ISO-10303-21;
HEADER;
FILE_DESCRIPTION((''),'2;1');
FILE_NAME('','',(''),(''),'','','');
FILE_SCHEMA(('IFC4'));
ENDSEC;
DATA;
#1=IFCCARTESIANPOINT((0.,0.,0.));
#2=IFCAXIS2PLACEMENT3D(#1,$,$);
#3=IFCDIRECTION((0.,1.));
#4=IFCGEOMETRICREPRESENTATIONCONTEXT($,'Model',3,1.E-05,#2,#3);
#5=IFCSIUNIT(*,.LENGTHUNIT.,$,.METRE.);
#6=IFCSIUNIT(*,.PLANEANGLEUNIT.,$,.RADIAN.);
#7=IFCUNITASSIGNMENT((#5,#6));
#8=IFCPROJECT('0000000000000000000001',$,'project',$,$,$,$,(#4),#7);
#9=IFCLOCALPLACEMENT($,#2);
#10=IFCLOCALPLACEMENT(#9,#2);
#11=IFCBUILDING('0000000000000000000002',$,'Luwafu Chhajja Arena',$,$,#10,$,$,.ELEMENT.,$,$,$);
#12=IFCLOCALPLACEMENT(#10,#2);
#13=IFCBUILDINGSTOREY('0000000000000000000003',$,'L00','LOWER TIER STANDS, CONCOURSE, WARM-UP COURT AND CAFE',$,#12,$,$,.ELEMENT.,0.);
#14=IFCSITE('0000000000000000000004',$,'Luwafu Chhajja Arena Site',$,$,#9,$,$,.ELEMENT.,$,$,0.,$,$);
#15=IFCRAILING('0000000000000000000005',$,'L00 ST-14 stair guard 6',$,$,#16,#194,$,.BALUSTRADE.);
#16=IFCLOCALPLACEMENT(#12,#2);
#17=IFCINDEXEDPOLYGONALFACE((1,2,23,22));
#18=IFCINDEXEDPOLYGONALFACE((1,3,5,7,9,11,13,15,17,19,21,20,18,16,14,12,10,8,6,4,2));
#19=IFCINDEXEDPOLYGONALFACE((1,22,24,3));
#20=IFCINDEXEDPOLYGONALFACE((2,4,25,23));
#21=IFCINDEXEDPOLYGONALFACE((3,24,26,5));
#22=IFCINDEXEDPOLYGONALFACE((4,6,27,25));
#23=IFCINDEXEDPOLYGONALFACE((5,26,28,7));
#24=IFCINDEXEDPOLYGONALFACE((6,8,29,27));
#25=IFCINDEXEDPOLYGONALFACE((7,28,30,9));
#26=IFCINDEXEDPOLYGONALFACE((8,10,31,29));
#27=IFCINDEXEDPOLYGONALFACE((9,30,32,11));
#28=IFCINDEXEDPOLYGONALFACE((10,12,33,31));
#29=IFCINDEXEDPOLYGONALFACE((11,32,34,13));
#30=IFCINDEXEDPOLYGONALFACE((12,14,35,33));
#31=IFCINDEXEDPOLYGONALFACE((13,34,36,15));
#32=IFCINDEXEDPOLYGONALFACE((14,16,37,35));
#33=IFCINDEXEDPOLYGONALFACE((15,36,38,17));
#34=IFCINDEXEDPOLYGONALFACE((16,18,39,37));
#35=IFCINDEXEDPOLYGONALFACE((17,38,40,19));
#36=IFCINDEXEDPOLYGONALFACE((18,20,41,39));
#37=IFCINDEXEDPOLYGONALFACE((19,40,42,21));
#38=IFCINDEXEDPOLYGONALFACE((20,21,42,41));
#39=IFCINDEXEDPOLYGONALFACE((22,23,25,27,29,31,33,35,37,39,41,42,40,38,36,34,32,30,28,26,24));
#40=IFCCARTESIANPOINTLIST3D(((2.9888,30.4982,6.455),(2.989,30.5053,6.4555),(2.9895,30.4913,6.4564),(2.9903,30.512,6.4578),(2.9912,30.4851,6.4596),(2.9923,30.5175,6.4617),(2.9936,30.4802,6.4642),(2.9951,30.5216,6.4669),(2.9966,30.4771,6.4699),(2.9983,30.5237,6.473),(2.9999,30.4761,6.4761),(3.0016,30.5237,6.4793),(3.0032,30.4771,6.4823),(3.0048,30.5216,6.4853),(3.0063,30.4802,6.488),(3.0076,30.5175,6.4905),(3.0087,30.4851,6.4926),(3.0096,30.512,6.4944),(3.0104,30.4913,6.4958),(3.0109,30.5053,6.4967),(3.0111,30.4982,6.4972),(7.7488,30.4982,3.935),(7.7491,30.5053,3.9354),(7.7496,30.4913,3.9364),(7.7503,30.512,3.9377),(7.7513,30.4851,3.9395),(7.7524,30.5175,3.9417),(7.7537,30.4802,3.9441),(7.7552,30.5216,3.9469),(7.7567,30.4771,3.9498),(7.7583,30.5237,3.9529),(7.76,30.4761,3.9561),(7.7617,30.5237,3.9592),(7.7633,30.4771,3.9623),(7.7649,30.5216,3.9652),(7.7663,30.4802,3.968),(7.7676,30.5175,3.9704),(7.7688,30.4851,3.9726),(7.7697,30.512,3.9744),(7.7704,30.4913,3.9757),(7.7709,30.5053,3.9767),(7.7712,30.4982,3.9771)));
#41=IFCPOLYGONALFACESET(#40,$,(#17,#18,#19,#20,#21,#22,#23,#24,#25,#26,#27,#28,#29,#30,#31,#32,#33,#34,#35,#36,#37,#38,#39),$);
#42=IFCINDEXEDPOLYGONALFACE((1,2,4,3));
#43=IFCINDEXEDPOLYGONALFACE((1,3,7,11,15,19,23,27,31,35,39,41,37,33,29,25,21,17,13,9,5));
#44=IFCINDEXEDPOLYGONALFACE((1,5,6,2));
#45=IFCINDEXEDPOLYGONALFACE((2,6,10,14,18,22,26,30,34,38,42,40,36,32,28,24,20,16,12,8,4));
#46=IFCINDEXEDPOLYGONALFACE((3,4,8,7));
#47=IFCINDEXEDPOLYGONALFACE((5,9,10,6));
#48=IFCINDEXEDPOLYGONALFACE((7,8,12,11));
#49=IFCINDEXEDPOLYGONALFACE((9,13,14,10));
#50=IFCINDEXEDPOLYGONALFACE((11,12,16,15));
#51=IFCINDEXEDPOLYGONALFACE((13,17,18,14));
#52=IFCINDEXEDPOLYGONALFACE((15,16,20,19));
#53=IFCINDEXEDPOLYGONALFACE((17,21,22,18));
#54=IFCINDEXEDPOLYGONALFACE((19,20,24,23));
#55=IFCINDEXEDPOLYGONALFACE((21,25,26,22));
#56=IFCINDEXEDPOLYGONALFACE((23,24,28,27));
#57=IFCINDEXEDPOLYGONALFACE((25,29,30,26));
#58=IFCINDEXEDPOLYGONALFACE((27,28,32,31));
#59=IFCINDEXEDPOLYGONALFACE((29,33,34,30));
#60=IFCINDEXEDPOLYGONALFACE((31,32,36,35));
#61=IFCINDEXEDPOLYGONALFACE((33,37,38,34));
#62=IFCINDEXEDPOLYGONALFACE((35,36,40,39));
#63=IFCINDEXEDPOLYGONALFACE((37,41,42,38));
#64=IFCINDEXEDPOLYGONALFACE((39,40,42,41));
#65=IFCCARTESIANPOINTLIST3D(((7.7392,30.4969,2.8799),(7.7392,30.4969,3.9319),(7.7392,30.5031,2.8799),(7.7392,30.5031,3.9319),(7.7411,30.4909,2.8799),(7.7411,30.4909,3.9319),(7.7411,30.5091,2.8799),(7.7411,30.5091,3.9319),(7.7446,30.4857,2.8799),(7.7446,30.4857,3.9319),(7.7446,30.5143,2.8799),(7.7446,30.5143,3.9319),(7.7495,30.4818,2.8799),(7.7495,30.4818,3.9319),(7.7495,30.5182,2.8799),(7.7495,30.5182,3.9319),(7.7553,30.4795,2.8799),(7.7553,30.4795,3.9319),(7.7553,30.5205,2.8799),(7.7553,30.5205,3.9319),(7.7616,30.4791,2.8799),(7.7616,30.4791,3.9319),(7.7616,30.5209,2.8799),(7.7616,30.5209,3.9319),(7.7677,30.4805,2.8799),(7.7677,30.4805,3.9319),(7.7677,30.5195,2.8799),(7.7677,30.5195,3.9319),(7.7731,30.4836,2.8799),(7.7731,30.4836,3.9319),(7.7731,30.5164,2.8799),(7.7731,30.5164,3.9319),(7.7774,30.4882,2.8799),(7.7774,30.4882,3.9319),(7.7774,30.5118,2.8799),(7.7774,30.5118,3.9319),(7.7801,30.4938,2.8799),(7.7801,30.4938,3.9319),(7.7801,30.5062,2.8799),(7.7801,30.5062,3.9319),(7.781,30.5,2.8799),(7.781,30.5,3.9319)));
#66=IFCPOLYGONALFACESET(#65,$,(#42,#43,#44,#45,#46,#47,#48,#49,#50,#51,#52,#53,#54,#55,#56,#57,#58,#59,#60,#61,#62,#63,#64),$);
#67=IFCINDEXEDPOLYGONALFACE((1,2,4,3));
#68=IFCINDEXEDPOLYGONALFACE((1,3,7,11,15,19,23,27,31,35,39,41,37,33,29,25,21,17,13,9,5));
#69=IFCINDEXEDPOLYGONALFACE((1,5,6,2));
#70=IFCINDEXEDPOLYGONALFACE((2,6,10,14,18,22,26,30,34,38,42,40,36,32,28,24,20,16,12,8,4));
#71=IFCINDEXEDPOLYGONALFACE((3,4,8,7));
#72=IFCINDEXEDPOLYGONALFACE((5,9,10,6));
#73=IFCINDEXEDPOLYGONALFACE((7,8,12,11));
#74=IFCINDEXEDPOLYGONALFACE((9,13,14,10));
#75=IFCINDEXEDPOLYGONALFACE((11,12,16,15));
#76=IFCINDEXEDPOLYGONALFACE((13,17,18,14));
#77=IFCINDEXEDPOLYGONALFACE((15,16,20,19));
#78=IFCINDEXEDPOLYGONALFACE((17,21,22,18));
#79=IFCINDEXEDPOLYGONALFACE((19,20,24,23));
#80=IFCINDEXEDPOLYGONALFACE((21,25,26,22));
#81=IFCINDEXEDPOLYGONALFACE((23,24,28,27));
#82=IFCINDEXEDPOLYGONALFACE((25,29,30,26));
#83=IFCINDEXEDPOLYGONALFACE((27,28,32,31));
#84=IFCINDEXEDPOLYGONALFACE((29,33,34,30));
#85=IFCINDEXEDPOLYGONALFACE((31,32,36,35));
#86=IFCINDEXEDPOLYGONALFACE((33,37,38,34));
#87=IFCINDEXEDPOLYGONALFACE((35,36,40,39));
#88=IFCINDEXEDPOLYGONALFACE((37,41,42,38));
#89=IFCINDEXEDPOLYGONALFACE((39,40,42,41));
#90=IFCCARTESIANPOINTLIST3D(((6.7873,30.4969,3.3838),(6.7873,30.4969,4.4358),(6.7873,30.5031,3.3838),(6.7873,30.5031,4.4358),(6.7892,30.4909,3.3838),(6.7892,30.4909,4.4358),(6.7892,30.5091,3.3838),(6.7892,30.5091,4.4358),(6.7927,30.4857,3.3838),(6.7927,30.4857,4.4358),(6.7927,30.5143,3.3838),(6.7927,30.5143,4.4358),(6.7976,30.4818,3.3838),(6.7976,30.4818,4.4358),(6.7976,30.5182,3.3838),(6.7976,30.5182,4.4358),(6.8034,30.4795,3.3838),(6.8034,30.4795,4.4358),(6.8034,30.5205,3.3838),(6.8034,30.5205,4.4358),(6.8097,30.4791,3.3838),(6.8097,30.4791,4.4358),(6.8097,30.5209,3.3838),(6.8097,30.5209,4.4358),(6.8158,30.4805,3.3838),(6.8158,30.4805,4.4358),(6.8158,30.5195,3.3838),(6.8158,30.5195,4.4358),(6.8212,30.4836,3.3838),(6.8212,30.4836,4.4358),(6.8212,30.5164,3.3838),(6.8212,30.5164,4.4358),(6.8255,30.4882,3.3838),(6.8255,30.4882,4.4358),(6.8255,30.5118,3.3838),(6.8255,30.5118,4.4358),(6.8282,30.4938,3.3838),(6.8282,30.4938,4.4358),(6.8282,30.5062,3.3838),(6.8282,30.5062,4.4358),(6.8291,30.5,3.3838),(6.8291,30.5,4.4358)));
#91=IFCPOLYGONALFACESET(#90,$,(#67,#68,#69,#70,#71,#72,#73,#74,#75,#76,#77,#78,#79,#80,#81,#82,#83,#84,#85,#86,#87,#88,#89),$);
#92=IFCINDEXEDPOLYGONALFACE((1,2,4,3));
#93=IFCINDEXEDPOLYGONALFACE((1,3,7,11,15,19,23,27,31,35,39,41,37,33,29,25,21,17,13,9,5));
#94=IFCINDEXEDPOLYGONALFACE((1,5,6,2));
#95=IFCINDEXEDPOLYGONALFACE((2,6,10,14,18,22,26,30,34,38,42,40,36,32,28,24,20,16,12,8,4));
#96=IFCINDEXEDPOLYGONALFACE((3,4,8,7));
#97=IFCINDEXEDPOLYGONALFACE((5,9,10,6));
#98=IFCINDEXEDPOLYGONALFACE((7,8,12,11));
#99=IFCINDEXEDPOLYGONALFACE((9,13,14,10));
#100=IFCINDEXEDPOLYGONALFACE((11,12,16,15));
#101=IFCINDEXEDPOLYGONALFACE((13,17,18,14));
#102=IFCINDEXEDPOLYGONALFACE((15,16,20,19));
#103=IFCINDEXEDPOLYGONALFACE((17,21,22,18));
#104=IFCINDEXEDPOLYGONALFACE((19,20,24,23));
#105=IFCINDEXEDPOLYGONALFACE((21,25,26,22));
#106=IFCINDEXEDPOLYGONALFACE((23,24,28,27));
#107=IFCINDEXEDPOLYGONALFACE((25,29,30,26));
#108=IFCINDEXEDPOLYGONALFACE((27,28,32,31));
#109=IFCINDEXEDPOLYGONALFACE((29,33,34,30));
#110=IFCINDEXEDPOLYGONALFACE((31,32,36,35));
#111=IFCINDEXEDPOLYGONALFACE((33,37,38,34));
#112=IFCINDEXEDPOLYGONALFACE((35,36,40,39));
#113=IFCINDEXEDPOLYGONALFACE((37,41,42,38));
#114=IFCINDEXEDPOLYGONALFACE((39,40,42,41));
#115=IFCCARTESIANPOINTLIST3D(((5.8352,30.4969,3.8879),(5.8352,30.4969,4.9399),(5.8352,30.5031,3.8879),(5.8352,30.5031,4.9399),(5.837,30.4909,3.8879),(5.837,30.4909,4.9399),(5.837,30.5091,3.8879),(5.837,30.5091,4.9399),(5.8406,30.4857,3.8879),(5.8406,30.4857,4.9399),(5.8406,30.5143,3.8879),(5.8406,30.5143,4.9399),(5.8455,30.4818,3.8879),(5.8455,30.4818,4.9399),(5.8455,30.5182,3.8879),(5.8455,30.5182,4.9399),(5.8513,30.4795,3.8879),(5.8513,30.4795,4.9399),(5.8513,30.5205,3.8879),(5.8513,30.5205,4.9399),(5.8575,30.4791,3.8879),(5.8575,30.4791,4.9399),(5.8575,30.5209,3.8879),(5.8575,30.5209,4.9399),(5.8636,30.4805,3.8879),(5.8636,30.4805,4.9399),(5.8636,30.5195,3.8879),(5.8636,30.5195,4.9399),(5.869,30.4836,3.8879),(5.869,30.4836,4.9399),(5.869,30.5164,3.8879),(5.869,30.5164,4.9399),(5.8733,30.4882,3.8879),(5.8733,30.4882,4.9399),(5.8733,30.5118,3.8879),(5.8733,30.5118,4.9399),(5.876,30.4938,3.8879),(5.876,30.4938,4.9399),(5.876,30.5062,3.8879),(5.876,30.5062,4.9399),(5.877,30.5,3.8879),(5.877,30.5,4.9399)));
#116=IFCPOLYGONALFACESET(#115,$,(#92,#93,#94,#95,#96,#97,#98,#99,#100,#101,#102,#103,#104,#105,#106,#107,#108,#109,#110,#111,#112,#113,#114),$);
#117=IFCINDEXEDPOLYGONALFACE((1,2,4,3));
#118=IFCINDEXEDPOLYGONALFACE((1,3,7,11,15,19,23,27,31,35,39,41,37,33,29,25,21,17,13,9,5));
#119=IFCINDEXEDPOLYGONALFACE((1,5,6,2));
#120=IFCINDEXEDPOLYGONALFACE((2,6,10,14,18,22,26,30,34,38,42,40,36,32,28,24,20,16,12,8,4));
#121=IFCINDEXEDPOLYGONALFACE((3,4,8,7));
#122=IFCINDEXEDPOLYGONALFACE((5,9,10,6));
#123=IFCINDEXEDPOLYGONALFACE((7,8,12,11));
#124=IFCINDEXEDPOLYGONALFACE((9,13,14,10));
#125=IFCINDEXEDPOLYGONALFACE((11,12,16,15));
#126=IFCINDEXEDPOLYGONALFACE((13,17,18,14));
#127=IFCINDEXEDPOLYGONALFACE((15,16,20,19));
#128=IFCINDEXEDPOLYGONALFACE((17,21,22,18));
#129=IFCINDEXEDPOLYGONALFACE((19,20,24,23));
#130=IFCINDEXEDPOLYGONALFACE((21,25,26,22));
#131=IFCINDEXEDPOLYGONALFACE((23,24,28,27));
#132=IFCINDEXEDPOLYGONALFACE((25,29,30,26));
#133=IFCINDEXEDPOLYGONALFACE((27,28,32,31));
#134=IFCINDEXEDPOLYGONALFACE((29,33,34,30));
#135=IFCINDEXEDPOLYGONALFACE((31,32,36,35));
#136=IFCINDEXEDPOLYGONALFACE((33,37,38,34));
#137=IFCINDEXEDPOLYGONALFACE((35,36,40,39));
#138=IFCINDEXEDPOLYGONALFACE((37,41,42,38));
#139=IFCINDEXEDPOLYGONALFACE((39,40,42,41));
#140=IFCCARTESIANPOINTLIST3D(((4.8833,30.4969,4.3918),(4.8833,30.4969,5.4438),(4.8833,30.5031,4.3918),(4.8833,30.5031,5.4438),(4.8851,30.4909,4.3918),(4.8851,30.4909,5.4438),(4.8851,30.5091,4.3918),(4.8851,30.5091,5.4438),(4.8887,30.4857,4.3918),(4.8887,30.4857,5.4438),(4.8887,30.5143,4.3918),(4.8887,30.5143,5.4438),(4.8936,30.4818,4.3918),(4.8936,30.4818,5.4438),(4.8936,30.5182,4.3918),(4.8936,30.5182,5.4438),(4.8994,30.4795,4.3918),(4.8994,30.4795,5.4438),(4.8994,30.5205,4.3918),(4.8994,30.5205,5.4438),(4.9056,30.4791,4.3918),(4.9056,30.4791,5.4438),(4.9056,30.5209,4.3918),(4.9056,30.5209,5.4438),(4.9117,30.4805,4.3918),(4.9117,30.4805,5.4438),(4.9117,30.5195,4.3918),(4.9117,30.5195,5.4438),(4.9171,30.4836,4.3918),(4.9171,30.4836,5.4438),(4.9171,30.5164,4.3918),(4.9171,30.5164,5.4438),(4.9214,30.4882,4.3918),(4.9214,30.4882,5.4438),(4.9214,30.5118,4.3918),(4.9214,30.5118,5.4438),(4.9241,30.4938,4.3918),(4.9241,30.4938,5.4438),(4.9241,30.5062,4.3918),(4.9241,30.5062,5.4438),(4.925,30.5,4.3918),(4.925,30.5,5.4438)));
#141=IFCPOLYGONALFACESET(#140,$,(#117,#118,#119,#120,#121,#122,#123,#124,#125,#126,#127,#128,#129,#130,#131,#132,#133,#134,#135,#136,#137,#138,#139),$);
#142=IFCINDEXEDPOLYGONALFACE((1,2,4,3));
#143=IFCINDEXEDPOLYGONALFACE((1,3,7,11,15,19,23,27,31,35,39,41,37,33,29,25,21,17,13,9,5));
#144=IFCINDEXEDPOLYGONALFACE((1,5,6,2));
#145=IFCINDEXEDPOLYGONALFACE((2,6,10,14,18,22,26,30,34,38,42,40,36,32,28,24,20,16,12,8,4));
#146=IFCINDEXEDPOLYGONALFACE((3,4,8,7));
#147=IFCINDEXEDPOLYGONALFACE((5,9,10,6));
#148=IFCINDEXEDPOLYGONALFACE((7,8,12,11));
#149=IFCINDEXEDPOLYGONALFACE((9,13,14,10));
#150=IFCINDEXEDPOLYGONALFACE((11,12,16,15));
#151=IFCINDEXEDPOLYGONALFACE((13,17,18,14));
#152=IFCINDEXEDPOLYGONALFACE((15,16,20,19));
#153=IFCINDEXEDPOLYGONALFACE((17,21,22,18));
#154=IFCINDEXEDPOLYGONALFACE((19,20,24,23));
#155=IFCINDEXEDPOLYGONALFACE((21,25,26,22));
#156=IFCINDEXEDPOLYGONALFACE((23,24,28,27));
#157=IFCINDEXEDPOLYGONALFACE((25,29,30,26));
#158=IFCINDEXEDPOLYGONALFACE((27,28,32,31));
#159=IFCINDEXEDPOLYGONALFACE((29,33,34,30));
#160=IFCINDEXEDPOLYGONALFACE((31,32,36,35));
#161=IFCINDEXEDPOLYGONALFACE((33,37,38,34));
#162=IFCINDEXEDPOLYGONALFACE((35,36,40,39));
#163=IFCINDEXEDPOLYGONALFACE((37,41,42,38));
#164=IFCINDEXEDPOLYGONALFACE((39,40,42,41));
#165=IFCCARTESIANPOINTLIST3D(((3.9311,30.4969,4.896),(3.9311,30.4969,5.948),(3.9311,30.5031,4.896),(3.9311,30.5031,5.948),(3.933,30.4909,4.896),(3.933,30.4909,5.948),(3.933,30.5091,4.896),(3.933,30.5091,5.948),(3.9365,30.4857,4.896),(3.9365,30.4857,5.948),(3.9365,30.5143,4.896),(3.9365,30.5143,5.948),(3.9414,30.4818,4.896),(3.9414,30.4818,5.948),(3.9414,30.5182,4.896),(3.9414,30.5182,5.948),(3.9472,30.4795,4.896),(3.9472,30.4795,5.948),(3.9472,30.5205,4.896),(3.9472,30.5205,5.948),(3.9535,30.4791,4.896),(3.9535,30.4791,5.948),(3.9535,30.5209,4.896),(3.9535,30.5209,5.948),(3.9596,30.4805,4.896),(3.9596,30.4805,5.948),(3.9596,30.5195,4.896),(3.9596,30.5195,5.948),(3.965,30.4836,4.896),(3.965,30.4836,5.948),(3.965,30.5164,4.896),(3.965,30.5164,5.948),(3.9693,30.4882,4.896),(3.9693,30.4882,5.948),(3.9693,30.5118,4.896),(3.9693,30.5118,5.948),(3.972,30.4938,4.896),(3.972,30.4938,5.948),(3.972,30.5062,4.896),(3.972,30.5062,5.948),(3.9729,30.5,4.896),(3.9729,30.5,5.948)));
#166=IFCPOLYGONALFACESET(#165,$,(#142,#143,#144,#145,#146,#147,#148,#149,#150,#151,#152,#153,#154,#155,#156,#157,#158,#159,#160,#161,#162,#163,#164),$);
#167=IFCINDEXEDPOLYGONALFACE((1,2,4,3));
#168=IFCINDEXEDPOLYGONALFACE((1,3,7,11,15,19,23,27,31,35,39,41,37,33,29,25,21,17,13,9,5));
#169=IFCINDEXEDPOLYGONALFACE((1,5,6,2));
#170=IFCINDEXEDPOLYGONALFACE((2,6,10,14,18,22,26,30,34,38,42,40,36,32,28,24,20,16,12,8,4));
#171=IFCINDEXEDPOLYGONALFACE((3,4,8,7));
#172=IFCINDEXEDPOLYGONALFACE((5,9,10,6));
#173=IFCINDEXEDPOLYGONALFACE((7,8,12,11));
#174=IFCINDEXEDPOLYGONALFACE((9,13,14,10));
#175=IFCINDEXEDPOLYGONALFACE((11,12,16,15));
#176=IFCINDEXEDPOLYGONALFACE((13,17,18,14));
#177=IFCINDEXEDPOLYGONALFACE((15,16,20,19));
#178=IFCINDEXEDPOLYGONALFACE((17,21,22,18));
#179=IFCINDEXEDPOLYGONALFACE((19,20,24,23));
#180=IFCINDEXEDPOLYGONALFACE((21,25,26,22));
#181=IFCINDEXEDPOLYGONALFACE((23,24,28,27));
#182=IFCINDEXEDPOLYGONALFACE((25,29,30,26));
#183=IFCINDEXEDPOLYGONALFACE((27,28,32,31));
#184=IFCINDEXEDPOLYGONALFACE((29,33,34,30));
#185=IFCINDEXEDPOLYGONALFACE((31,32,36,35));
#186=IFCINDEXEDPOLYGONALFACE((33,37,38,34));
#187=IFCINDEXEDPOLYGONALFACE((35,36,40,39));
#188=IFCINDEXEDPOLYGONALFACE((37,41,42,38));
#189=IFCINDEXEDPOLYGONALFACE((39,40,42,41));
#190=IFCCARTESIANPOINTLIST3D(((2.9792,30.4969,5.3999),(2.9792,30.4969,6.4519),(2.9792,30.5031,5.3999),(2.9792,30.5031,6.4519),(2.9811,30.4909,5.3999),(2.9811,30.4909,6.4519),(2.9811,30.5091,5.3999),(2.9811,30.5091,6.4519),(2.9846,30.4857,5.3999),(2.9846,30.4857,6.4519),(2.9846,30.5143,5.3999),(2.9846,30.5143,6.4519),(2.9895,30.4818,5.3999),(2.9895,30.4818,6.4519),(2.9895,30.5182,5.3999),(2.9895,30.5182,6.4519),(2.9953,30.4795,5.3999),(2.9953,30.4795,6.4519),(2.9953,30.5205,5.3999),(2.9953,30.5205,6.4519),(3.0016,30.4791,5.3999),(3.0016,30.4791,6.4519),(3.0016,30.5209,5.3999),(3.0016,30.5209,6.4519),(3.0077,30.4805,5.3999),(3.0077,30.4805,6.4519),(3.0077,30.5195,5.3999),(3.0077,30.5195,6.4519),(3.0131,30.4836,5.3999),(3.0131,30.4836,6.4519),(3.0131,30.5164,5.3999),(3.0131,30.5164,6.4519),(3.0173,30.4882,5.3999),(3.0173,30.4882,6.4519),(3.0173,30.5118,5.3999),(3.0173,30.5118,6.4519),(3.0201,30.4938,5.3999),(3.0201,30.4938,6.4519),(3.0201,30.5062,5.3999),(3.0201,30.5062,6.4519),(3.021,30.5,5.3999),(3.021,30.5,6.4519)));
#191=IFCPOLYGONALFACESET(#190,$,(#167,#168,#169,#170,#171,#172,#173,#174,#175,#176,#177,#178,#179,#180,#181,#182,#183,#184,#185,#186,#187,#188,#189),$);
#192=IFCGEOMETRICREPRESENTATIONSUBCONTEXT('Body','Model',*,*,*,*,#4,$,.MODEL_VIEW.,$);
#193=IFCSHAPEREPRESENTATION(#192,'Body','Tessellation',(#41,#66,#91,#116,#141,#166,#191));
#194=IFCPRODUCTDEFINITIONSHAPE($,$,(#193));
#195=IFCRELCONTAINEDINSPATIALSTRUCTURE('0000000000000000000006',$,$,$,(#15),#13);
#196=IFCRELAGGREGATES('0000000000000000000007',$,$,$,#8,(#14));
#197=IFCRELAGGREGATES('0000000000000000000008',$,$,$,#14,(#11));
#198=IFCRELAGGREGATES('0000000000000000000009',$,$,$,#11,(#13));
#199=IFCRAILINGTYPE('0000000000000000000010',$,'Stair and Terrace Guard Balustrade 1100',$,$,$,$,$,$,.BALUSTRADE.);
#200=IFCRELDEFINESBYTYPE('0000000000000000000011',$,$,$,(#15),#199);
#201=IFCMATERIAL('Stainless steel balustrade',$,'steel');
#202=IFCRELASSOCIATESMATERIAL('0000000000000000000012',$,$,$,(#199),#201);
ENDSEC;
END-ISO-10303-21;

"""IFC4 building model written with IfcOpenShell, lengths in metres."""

from ifc_helpers import new_model, si_unit, direction, frame, origin, origin_2d, place, context, subcontext, project, spatial, circle, extrude, material, type_object, element, save


model = new_model("IFC4")

# Units and contexts
model_context = context("Model", 3, precision=1e-05, world=origin(), true_north=direction((0.0, 1.0)))
body_context = subcontext(model_context, "Body", "Model", "MODEL_VIEW")
ifc_project = project(units=[si_unit("LENGTHUNIT", "METRE"), si_unit("PLANEANGLEUNIT", "RADIAN")], contexts=[model_context])

# Site, building, storey
site_placement = place(None, origin())
site = spatial("IfcSite", under=ifc_project, at=site_placement, Name="Luwafu Chhajja Arena Site", CompositionType="ELEMENT", RefElevation=0.0)
building_placement = place(site_placement, origin())
building = spatial("IfcBuilding", under=site, at=building_placement, Name="Luwafu Chhajja Arena", CompositionType="ELEMENT")
storey_placement = place(building_placement, origin())
storey = spatial("IfcBuildingStorey", under=building, at=storey_placement, Name="L00", Description="LOWER TIER STANDS, CONCOURSE, WARM-UP COURT AND CAFE", CompositionType="ELEMENT", Elevation=0.0)

# Railing
ifc_material_1 = material(Name="Stainless steel balustrade", Category="steel")
railing_type_1 = type_object("IfcRailingType", Name="Stair and Terrace Guard Balustrade 1100", PredefinedType="BALUSTRADE", material=ifc_material_1)
railing_1_placement = place(storey_placement, frame((7.76, 30.5, 2.8799)))
element("IfcRailing", 1, at=railing_1_placement, inside=storey, type_object=railing_type_1, Name="L00 ST-14 stair guard 6", PredefinedType="BALUSTRADE", context=body_context, shape_type="SweptSolid", body=[
    extrude(circle(Radius=0.0239, at=origin_2d()), frame((0.0, 0.0, 1.0762), z_axis=(-0.883787, 0.0, 0.46789), x_axis=(0.0, -1.0, 0.0)), (0.0, 0.0, 1.0), 5.386),
    extrude(circle(Radius=0.021, at=origin_2d()), origin(), (0.0, 0.0, 1.0), 1.052),
    extrude(circle(Radius=0.021, at=origin_2d()), frame((-0.9519, 0.0, 0.5039)), (0.0, 0.0, 1.0), 1.052),
    extrude(circle(Radius=0.021, at=origin_2d()), frame((-1.9041, 0.0, 1.0081)), (0.0, 0.0, 1.0), 1.052),
    extrude(circle(Radius=0.021, at=origin_2d()), frame((-2.856, 0.0, 1.512)), (0.0, 0.0, 1.0), 1.052),
    extrude(circle(Radius=0.021, at=origin_2d()), frame((-3.8081, 0.0, 2.0161)), (0.0, 0.0, 1.0), 1.052),
    extrude(circle(Radius=0.021, at=origin_2d()), frame((-4.76, 0.0, 2.52)), (0.0, 0.0, 1.0), 1.052),
])

save(model, "model.ifc")
